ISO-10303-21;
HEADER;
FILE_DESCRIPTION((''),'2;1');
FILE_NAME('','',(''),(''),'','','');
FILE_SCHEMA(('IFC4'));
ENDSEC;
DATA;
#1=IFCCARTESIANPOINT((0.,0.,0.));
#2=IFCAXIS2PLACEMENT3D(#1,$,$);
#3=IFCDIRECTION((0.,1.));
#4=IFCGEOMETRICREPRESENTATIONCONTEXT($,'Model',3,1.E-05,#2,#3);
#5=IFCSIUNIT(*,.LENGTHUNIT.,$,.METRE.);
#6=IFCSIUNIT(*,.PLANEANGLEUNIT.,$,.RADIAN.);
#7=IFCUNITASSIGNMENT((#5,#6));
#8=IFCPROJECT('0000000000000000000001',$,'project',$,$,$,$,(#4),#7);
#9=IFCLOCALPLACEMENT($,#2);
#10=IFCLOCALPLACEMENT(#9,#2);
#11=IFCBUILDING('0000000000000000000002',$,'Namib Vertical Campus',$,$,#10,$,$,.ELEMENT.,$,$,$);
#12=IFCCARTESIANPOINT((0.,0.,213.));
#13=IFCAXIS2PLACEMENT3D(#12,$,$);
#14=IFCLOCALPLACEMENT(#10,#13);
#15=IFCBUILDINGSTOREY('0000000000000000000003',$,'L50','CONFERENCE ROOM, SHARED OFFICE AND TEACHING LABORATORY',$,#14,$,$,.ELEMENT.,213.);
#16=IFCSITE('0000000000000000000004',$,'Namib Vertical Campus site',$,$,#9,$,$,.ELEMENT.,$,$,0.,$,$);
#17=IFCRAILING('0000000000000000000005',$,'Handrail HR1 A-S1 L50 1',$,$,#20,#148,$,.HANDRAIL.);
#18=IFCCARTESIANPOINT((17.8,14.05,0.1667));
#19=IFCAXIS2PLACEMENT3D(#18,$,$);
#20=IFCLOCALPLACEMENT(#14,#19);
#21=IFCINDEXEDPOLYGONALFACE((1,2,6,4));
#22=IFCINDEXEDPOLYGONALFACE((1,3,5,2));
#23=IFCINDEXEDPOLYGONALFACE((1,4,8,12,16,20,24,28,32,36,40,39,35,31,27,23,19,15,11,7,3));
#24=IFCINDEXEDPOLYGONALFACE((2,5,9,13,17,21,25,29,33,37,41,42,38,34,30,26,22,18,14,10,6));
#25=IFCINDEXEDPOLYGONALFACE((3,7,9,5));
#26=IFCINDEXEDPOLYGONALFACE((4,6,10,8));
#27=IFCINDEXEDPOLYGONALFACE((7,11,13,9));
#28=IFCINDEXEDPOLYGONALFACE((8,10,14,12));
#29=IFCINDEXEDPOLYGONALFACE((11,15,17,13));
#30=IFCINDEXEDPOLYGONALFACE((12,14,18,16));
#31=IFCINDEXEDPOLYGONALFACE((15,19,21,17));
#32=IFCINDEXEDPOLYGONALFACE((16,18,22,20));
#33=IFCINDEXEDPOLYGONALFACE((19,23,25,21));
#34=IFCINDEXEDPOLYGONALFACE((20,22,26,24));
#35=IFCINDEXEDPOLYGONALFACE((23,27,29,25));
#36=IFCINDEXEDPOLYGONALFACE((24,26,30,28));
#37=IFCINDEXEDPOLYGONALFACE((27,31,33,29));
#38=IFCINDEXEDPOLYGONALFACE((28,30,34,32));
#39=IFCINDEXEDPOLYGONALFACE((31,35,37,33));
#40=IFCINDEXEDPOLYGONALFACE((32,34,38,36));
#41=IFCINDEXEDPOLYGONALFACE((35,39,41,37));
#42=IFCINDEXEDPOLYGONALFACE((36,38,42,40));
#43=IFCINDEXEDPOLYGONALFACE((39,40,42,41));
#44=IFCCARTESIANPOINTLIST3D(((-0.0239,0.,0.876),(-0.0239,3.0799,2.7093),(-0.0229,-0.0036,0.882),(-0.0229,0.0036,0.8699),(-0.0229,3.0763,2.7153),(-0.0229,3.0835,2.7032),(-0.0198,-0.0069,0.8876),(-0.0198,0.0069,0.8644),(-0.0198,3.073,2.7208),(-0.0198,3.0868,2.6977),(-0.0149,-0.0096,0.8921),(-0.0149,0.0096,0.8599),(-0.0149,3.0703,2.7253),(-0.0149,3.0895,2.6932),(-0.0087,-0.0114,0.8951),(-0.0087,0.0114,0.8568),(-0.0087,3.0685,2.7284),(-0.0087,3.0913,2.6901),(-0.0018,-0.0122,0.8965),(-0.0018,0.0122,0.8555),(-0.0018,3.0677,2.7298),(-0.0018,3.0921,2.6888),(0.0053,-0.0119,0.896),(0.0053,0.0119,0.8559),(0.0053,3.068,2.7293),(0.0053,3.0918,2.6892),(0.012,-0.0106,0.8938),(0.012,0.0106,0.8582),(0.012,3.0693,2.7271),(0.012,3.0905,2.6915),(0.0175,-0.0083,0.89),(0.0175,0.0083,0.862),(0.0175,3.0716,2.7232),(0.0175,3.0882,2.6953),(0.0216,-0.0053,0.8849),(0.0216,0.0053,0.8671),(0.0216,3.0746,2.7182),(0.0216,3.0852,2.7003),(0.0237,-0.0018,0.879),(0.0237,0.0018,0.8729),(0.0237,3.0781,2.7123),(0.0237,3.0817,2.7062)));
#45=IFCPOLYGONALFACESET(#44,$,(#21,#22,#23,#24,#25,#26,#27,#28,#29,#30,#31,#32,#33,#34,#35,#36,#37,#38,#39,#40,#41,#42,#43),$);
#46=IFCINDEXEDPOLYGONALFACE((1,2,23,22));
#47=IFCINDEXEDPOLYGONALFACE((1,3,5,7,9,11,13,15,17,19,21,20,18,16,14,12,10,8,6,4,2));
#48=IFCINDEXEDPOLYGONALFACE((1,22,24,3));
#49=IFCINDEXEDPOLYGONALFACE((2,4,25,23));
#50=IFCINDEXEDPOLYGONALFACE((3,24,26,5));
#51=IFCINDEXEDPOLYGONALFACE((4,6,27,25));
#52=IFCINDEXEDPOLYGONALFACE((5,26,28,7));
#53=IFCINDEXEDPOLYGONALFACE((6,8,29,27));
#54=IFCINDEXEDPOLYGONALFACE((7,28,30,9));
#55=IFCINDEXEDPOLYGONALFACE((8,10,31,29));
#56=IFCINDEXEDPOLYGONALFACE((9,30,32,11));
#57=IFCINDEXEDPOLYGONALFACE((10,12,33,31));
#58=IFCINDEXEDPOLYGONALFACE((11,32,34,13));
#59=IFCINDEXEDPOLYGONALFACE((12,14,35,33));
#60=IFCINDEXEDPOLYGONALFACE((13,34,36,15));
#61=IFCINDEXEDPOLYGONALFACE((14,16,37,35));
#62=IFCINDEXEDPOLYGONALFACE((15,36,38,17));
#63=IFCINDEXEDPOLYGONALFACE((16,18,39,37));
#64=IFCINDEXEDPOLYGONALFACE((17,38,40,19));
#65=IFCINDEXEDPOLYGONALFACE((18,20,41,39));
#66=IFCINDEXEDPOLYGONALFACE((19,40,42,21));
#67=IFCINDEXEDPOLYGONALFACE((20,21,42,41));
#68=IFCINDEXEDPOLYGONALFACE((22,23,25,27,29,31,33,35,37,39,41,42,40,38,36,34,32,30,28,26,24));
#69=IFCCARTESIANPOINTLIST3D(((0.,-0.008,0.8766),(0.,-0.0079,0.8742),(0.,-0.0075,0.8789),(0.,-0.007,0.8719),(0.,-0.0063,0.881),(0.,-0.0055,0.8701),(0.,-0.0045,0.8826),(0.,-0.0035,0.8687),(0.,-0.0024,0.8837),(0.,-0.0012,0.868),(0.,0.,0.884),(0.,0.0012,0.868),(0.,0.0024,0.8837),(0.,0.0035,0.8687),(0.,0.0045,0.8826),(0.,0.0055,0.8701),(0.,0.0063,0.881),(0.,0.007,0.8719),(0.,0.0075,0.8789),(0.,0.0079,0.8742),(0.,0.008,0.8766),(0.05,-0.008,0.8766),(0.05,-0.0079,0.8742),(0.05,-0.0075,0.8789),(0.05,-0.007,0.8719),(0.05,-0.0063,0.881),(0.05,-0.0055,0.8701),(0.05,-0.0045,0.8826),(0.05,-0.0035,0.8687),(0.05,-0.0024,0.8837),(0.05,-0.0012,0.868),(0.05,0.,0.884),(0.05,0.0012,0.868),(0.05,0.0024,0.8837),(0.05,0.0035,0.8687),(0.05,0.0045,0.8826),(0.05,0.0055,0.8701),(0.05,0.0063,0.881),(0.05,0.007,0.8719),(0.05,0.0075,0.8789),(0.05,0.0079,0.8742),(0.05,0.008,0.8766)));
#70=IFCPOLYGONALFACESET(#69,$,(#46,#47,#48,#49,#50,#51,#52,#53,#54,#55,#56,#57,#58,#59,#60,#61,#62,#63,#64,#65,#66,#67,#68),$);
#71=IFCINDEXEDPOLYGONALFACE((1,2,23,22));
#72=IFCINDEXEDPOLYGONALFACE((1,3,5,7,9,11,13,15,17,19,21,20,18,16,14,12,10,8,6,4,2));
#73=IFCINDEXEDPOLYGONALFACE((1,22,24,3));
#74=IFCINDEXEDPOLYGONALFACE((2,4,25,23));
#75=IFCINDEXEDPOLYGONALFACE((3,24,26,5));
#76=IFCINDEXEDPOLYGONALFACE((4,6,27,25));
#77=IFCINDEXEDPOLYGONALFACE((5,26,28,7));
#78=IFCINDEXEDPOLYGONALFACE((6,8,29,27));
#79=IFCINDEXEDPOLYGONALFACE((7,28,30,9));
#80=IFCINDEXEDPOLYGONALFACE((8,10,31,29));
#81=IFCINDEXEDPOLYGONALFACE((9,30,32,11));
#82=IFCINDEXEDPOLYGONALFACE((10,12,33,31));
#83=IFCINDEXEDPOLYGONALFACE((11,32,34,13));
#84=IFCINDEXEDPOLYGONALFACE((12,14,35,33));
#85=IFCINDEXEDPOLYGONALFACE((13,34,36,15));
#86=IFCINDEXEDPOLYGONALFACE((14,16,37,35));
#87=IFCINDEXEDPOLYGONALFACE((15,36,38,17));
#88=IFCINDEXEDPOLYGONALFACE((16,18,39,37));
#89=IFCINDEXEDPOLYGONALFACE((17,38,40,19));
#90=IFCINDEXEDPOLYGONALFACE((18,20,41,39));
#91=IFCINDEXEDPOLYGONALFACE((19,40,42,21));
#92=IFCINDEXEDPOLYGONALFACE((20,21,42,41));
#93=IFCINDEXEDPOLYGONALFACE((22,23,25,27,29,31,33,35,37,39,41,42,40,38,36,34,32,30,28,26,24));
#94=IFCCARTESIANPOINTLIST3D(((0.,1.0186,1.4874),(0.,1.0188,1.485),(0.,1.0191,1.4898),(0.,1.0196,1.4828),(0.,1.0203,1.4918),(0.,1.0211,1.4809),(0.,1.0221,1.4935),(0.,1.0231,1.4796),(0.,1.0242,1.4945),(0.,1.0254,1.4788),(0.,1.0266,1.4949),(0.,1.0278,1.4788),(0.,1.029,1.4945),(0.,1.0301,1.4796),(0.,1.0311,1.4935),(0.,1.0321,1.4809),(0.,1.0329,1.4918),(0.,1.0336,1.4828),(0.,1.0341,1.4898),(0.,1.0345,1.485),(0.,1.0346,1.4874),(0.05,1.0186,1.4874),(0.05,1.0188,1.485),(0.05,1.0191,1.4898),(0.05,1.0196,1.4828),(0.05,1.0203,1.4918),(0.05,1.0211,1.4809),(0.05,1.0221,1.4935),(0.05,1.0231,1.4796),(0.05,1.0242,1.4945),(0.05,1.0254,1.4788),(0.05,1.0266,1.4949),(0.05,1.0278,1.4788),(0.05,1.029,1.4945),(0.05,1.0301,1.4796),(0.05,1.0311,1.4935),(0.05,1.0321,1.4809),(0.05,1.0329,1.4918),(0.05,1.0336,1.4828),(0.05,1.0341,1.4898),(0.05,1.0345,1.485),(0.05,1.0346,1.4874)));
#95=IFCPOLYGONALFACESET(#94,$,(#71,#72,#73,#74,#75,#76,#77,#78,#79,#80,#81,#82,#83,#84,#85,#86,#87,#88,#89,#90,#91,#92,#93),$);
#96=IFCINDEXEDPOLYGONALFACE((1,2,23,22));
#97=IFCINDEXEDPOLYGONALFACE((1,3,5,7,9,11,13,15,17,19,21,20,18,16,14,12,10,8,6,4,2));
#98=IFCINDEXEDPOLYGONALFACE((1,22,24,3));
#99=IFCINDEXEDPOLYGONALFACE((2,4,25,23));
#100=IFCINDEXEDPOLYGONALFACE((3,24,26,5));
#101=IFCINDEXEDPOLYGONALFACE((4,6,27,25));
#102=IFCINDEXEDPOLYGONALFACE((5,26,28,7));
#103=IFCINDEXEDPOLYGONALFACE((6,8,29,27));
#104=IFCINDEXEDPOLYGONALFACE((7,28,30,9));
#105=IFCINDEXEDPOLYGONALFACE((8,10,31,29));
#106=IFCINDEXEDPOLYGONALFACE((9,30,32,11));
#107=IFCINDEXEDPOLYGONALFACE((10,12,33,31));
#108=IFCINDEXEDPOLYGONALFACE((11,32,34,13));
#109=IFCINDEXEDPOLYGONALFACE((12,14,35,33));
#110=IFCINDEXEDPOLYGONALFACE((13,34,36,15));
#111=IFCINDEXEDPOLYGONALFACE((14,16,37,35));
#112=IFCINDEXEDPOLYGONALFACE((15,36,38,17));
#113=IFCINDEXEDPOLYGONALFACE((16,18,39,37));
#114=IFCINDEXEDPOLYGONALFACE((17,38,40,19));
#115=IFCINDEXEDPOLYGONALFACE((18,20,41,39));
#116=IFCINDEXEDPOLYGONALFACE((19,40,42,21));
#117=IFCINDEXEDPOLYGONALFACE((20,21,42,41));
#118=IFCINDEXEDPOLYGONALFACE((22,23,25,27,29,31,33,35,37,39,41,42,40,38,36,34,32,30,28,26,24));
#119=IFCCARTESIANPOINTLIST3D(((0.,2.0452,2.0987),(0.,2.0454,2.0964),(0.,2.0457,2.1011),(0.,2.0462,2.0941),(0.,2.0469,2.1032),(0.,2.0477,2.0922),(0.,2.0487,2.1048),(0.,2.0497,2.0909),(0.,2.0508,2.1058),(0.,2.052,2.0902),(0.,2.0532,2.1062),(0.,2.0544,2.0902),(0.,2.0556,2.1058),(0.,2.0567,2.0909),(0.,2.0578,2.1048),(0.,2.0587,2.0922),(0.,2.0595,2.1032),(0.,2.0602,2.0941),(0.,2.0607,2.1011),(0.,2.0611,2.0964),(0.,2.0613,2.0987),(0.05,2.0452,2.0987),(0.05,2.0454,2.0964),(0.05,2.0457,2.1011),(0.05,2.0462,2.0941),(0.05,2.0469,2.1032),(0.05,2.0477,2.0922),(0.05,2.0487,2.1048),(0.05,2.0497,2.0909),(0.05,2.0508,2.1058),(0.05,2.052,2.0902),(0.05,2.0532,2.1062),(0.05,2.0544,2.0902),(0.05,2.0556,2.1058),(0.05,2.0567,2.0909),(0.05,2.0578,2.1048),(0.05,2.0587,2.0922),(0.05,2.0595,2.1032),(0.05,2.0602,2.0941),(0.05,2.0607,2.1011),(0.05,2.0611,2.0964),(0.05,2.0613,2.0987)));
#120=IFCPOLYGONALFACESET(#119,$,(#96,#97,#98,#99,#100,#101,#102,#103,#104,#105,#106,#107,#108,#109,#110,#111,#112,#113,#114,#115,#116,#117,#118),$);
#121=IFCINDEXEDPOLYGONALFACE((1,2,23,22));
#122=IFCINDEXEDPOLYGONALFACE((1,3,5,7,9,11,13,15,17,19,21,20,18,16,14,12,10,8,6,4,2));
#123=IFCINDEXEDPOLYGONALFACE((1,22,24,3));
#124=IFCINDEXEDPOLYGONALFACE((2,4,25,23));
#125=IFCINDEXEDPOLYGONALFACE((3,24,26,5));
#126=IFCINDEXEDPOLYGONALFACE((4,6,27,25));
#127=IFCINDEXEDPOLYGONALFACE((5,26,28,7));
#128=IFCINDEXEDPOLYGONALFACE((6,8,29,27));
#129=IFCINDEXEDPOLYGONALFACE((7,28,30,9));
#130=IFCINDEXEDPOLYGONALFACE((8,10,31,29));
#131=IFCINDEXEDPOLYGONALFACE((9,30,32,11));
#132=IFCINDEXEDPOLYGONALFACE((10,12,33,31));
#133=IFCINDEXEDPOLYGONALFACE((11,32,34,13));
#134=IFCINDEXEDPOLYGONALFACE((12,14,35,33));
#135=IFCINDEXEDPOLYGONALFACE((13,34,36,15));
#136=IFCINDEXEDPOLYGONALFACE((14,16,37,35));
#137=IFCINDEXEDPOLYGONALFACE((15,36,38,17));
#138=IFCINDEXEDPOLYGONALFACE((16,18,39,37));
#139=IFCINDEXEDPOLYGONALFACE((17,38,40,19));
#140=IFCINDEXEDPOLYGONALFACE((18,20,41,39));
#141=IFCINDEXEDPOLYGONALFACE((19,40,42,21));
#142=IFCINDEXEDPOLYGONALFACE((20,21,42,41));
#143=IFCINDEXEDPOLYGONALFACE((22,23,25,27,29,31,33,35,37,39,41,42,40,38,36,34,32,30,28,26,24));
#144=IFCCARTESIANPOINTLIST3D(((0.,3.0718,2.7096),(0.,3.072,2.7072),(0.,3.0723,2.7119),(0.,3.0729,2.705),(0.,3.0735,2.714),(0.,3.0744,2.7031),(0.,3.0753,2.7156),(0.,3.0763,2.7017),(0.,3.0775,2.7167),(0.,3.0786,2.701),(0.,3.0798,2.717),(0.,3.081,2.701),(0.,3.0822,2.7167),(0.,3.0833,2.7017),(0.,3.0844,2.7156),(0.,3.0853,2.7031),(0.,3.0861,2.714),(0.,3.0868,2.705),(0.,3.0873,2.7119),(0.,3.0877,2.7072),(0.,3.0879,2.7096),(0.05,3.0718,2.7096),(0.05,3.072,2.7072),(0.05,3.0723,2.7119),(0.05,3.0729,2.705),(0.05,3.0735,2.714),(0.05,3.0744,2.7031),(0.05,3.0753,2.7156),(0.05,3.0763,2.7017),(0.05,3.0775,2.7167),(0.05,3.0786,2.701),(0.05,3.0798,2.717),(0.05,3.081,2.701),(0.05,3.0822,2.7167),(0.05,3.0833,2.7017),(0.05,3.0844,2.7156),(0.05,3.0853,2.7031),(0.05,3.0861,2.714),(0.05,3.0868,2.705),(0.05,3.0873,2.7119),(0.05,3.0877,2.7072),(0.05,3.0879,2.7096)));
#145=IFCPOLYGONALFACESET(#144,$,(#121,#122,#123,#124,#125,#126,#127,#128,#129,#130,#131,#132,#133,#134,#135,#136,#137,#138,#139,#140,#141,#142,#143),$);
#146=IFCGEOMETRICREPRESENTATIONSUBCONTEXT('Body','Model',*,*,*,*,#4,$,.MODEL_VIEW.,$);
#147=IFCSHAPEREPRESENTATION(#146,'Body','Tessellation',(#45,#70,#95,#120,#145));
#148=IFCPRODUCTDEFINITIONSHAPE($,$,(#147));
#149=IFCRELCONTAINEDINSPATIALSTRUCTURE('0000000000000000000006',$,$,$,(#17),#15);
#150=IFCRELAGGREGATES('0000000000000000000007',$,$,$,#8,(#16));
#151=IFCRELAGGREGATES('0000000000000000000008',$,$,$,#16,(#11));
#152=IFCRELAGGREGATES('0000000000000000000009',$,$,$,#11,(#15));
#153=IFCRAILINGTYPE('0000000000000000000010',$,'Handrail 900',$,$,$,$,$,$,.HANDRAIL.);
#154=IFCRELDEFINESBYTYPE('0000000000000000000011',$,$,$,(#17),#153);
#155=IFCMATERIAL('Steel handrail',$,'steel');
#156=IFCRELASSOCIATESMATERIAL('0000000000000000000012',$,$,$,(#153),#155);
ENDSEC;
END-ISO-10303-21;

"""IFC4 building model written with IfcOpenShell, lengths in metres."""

from ifc_helpers import new_model, si_unit, direction, frame, origin, origin_2d, place, context, subcontext, project, spatial, circle, extrude, material, type_object, element, save


model = new_model("IFC4")

# Units and contexts
model_context = context("Model", 3, precision=1e-05, world=origin(), true_north=direction((0.0, 1.0)))
body_context = subcontext(model_context, "Body", "Model", "MODEL_VIEW")
ifc_project = project(units=[si_unit("LENGTHUNIT", "METRE"), si_unit("PLANEANGLEUNIT", "RADIAN")], contexts=[model_context])

# Site, building, storey
site_placement = place(None, origin())
site = spatial("IfcSite", under=ifc_project, at=site_placement, Name="Namib Vertical Campus site", CompositionType="ELEMENT", RefElevation=0.0)
building_placement = place(site_placement, origin())
building = spatial("IfcBuilding", under=site, at=building_placement, Name="Namib Vertical Campus", CompositionType="ELEMENT")
storey_placement = place(building_placement, frame((0.0, 0.0, 213.0)))
storey = spatial("IfcBuildingStorey", under=building, at=storey_placement, Name="L50", Description="CONFERENCE ROOM, SHARED OFFICE AND TEACHING LABORATORY", CompositionType="ELEMENT", Elevation=213.0)

# Railing
ifc_material_1 = material(Name="Steel handrail", Category="steel")
railing_type_1 = type_object("IfcRailingType", Name="Handrail 900", PredefinedType="HANDRAIL", material=ifc_material_1)
railing_1_placement = place(storey_placement, frame((17.8, 14.05, 0.1667)))
element("IfcRailing", 1, at=railing_1_placement, inside=storey, type_object=railing_type_1, Name="Handrail HR1 A-S1 L50 1", PredefinedType="HANDRAIL", context=body_context, shape_type="SweptSolid", body=[
    extrude(circle(Radius=0.0239, at=origin_2d()), frame((0.0, 0.0, 0.876), z_axis=(0.0, 0.859291, 0.511487), x_axis=(-1.0, 0.0, 0.0)), (0.0, 0.0, 1.0), 3.5842),
    extrude(circle(Radius=0.0081, at=origin_2d()), frame((0.0, 0.0, 0.876), z_axis=(1.0, 0.0, 0.0), x_axis=(0.0, 0.0, 1.0)), (0.0, 0.0, 1.0), 0.05),
    extrude(circle(Radius=0.0081, at=origin_2d()), frame((0.0, 1.0266, 1.4868), z_axis=(1.0, 0.0, 0.0), x_axis=(0.0, 0.0, 1.0)), (0.0, 0.0, 1.0), 0.05),
    extrude(circle(Radius=0.0081, at=origin_2d()), frame((0.0, 2.0532, 2.0981), z_axis=(1.0, 0.0, 0.0), x_axis=(0.0, 0.0, 1.0)), (0.0, 0.0, 1.0), 0.05),
    extrude(circle(Radius=0.0081, at=origin_2d()), frame((0.0, 3.0798, 2.709), z_axis=(1.0, 0.0, 0.0), x_axis=(0.0, 0.0, 1.0)), (0.0, 0.0, 1.0), 0.05),
])

save(model, "model.ifc")
